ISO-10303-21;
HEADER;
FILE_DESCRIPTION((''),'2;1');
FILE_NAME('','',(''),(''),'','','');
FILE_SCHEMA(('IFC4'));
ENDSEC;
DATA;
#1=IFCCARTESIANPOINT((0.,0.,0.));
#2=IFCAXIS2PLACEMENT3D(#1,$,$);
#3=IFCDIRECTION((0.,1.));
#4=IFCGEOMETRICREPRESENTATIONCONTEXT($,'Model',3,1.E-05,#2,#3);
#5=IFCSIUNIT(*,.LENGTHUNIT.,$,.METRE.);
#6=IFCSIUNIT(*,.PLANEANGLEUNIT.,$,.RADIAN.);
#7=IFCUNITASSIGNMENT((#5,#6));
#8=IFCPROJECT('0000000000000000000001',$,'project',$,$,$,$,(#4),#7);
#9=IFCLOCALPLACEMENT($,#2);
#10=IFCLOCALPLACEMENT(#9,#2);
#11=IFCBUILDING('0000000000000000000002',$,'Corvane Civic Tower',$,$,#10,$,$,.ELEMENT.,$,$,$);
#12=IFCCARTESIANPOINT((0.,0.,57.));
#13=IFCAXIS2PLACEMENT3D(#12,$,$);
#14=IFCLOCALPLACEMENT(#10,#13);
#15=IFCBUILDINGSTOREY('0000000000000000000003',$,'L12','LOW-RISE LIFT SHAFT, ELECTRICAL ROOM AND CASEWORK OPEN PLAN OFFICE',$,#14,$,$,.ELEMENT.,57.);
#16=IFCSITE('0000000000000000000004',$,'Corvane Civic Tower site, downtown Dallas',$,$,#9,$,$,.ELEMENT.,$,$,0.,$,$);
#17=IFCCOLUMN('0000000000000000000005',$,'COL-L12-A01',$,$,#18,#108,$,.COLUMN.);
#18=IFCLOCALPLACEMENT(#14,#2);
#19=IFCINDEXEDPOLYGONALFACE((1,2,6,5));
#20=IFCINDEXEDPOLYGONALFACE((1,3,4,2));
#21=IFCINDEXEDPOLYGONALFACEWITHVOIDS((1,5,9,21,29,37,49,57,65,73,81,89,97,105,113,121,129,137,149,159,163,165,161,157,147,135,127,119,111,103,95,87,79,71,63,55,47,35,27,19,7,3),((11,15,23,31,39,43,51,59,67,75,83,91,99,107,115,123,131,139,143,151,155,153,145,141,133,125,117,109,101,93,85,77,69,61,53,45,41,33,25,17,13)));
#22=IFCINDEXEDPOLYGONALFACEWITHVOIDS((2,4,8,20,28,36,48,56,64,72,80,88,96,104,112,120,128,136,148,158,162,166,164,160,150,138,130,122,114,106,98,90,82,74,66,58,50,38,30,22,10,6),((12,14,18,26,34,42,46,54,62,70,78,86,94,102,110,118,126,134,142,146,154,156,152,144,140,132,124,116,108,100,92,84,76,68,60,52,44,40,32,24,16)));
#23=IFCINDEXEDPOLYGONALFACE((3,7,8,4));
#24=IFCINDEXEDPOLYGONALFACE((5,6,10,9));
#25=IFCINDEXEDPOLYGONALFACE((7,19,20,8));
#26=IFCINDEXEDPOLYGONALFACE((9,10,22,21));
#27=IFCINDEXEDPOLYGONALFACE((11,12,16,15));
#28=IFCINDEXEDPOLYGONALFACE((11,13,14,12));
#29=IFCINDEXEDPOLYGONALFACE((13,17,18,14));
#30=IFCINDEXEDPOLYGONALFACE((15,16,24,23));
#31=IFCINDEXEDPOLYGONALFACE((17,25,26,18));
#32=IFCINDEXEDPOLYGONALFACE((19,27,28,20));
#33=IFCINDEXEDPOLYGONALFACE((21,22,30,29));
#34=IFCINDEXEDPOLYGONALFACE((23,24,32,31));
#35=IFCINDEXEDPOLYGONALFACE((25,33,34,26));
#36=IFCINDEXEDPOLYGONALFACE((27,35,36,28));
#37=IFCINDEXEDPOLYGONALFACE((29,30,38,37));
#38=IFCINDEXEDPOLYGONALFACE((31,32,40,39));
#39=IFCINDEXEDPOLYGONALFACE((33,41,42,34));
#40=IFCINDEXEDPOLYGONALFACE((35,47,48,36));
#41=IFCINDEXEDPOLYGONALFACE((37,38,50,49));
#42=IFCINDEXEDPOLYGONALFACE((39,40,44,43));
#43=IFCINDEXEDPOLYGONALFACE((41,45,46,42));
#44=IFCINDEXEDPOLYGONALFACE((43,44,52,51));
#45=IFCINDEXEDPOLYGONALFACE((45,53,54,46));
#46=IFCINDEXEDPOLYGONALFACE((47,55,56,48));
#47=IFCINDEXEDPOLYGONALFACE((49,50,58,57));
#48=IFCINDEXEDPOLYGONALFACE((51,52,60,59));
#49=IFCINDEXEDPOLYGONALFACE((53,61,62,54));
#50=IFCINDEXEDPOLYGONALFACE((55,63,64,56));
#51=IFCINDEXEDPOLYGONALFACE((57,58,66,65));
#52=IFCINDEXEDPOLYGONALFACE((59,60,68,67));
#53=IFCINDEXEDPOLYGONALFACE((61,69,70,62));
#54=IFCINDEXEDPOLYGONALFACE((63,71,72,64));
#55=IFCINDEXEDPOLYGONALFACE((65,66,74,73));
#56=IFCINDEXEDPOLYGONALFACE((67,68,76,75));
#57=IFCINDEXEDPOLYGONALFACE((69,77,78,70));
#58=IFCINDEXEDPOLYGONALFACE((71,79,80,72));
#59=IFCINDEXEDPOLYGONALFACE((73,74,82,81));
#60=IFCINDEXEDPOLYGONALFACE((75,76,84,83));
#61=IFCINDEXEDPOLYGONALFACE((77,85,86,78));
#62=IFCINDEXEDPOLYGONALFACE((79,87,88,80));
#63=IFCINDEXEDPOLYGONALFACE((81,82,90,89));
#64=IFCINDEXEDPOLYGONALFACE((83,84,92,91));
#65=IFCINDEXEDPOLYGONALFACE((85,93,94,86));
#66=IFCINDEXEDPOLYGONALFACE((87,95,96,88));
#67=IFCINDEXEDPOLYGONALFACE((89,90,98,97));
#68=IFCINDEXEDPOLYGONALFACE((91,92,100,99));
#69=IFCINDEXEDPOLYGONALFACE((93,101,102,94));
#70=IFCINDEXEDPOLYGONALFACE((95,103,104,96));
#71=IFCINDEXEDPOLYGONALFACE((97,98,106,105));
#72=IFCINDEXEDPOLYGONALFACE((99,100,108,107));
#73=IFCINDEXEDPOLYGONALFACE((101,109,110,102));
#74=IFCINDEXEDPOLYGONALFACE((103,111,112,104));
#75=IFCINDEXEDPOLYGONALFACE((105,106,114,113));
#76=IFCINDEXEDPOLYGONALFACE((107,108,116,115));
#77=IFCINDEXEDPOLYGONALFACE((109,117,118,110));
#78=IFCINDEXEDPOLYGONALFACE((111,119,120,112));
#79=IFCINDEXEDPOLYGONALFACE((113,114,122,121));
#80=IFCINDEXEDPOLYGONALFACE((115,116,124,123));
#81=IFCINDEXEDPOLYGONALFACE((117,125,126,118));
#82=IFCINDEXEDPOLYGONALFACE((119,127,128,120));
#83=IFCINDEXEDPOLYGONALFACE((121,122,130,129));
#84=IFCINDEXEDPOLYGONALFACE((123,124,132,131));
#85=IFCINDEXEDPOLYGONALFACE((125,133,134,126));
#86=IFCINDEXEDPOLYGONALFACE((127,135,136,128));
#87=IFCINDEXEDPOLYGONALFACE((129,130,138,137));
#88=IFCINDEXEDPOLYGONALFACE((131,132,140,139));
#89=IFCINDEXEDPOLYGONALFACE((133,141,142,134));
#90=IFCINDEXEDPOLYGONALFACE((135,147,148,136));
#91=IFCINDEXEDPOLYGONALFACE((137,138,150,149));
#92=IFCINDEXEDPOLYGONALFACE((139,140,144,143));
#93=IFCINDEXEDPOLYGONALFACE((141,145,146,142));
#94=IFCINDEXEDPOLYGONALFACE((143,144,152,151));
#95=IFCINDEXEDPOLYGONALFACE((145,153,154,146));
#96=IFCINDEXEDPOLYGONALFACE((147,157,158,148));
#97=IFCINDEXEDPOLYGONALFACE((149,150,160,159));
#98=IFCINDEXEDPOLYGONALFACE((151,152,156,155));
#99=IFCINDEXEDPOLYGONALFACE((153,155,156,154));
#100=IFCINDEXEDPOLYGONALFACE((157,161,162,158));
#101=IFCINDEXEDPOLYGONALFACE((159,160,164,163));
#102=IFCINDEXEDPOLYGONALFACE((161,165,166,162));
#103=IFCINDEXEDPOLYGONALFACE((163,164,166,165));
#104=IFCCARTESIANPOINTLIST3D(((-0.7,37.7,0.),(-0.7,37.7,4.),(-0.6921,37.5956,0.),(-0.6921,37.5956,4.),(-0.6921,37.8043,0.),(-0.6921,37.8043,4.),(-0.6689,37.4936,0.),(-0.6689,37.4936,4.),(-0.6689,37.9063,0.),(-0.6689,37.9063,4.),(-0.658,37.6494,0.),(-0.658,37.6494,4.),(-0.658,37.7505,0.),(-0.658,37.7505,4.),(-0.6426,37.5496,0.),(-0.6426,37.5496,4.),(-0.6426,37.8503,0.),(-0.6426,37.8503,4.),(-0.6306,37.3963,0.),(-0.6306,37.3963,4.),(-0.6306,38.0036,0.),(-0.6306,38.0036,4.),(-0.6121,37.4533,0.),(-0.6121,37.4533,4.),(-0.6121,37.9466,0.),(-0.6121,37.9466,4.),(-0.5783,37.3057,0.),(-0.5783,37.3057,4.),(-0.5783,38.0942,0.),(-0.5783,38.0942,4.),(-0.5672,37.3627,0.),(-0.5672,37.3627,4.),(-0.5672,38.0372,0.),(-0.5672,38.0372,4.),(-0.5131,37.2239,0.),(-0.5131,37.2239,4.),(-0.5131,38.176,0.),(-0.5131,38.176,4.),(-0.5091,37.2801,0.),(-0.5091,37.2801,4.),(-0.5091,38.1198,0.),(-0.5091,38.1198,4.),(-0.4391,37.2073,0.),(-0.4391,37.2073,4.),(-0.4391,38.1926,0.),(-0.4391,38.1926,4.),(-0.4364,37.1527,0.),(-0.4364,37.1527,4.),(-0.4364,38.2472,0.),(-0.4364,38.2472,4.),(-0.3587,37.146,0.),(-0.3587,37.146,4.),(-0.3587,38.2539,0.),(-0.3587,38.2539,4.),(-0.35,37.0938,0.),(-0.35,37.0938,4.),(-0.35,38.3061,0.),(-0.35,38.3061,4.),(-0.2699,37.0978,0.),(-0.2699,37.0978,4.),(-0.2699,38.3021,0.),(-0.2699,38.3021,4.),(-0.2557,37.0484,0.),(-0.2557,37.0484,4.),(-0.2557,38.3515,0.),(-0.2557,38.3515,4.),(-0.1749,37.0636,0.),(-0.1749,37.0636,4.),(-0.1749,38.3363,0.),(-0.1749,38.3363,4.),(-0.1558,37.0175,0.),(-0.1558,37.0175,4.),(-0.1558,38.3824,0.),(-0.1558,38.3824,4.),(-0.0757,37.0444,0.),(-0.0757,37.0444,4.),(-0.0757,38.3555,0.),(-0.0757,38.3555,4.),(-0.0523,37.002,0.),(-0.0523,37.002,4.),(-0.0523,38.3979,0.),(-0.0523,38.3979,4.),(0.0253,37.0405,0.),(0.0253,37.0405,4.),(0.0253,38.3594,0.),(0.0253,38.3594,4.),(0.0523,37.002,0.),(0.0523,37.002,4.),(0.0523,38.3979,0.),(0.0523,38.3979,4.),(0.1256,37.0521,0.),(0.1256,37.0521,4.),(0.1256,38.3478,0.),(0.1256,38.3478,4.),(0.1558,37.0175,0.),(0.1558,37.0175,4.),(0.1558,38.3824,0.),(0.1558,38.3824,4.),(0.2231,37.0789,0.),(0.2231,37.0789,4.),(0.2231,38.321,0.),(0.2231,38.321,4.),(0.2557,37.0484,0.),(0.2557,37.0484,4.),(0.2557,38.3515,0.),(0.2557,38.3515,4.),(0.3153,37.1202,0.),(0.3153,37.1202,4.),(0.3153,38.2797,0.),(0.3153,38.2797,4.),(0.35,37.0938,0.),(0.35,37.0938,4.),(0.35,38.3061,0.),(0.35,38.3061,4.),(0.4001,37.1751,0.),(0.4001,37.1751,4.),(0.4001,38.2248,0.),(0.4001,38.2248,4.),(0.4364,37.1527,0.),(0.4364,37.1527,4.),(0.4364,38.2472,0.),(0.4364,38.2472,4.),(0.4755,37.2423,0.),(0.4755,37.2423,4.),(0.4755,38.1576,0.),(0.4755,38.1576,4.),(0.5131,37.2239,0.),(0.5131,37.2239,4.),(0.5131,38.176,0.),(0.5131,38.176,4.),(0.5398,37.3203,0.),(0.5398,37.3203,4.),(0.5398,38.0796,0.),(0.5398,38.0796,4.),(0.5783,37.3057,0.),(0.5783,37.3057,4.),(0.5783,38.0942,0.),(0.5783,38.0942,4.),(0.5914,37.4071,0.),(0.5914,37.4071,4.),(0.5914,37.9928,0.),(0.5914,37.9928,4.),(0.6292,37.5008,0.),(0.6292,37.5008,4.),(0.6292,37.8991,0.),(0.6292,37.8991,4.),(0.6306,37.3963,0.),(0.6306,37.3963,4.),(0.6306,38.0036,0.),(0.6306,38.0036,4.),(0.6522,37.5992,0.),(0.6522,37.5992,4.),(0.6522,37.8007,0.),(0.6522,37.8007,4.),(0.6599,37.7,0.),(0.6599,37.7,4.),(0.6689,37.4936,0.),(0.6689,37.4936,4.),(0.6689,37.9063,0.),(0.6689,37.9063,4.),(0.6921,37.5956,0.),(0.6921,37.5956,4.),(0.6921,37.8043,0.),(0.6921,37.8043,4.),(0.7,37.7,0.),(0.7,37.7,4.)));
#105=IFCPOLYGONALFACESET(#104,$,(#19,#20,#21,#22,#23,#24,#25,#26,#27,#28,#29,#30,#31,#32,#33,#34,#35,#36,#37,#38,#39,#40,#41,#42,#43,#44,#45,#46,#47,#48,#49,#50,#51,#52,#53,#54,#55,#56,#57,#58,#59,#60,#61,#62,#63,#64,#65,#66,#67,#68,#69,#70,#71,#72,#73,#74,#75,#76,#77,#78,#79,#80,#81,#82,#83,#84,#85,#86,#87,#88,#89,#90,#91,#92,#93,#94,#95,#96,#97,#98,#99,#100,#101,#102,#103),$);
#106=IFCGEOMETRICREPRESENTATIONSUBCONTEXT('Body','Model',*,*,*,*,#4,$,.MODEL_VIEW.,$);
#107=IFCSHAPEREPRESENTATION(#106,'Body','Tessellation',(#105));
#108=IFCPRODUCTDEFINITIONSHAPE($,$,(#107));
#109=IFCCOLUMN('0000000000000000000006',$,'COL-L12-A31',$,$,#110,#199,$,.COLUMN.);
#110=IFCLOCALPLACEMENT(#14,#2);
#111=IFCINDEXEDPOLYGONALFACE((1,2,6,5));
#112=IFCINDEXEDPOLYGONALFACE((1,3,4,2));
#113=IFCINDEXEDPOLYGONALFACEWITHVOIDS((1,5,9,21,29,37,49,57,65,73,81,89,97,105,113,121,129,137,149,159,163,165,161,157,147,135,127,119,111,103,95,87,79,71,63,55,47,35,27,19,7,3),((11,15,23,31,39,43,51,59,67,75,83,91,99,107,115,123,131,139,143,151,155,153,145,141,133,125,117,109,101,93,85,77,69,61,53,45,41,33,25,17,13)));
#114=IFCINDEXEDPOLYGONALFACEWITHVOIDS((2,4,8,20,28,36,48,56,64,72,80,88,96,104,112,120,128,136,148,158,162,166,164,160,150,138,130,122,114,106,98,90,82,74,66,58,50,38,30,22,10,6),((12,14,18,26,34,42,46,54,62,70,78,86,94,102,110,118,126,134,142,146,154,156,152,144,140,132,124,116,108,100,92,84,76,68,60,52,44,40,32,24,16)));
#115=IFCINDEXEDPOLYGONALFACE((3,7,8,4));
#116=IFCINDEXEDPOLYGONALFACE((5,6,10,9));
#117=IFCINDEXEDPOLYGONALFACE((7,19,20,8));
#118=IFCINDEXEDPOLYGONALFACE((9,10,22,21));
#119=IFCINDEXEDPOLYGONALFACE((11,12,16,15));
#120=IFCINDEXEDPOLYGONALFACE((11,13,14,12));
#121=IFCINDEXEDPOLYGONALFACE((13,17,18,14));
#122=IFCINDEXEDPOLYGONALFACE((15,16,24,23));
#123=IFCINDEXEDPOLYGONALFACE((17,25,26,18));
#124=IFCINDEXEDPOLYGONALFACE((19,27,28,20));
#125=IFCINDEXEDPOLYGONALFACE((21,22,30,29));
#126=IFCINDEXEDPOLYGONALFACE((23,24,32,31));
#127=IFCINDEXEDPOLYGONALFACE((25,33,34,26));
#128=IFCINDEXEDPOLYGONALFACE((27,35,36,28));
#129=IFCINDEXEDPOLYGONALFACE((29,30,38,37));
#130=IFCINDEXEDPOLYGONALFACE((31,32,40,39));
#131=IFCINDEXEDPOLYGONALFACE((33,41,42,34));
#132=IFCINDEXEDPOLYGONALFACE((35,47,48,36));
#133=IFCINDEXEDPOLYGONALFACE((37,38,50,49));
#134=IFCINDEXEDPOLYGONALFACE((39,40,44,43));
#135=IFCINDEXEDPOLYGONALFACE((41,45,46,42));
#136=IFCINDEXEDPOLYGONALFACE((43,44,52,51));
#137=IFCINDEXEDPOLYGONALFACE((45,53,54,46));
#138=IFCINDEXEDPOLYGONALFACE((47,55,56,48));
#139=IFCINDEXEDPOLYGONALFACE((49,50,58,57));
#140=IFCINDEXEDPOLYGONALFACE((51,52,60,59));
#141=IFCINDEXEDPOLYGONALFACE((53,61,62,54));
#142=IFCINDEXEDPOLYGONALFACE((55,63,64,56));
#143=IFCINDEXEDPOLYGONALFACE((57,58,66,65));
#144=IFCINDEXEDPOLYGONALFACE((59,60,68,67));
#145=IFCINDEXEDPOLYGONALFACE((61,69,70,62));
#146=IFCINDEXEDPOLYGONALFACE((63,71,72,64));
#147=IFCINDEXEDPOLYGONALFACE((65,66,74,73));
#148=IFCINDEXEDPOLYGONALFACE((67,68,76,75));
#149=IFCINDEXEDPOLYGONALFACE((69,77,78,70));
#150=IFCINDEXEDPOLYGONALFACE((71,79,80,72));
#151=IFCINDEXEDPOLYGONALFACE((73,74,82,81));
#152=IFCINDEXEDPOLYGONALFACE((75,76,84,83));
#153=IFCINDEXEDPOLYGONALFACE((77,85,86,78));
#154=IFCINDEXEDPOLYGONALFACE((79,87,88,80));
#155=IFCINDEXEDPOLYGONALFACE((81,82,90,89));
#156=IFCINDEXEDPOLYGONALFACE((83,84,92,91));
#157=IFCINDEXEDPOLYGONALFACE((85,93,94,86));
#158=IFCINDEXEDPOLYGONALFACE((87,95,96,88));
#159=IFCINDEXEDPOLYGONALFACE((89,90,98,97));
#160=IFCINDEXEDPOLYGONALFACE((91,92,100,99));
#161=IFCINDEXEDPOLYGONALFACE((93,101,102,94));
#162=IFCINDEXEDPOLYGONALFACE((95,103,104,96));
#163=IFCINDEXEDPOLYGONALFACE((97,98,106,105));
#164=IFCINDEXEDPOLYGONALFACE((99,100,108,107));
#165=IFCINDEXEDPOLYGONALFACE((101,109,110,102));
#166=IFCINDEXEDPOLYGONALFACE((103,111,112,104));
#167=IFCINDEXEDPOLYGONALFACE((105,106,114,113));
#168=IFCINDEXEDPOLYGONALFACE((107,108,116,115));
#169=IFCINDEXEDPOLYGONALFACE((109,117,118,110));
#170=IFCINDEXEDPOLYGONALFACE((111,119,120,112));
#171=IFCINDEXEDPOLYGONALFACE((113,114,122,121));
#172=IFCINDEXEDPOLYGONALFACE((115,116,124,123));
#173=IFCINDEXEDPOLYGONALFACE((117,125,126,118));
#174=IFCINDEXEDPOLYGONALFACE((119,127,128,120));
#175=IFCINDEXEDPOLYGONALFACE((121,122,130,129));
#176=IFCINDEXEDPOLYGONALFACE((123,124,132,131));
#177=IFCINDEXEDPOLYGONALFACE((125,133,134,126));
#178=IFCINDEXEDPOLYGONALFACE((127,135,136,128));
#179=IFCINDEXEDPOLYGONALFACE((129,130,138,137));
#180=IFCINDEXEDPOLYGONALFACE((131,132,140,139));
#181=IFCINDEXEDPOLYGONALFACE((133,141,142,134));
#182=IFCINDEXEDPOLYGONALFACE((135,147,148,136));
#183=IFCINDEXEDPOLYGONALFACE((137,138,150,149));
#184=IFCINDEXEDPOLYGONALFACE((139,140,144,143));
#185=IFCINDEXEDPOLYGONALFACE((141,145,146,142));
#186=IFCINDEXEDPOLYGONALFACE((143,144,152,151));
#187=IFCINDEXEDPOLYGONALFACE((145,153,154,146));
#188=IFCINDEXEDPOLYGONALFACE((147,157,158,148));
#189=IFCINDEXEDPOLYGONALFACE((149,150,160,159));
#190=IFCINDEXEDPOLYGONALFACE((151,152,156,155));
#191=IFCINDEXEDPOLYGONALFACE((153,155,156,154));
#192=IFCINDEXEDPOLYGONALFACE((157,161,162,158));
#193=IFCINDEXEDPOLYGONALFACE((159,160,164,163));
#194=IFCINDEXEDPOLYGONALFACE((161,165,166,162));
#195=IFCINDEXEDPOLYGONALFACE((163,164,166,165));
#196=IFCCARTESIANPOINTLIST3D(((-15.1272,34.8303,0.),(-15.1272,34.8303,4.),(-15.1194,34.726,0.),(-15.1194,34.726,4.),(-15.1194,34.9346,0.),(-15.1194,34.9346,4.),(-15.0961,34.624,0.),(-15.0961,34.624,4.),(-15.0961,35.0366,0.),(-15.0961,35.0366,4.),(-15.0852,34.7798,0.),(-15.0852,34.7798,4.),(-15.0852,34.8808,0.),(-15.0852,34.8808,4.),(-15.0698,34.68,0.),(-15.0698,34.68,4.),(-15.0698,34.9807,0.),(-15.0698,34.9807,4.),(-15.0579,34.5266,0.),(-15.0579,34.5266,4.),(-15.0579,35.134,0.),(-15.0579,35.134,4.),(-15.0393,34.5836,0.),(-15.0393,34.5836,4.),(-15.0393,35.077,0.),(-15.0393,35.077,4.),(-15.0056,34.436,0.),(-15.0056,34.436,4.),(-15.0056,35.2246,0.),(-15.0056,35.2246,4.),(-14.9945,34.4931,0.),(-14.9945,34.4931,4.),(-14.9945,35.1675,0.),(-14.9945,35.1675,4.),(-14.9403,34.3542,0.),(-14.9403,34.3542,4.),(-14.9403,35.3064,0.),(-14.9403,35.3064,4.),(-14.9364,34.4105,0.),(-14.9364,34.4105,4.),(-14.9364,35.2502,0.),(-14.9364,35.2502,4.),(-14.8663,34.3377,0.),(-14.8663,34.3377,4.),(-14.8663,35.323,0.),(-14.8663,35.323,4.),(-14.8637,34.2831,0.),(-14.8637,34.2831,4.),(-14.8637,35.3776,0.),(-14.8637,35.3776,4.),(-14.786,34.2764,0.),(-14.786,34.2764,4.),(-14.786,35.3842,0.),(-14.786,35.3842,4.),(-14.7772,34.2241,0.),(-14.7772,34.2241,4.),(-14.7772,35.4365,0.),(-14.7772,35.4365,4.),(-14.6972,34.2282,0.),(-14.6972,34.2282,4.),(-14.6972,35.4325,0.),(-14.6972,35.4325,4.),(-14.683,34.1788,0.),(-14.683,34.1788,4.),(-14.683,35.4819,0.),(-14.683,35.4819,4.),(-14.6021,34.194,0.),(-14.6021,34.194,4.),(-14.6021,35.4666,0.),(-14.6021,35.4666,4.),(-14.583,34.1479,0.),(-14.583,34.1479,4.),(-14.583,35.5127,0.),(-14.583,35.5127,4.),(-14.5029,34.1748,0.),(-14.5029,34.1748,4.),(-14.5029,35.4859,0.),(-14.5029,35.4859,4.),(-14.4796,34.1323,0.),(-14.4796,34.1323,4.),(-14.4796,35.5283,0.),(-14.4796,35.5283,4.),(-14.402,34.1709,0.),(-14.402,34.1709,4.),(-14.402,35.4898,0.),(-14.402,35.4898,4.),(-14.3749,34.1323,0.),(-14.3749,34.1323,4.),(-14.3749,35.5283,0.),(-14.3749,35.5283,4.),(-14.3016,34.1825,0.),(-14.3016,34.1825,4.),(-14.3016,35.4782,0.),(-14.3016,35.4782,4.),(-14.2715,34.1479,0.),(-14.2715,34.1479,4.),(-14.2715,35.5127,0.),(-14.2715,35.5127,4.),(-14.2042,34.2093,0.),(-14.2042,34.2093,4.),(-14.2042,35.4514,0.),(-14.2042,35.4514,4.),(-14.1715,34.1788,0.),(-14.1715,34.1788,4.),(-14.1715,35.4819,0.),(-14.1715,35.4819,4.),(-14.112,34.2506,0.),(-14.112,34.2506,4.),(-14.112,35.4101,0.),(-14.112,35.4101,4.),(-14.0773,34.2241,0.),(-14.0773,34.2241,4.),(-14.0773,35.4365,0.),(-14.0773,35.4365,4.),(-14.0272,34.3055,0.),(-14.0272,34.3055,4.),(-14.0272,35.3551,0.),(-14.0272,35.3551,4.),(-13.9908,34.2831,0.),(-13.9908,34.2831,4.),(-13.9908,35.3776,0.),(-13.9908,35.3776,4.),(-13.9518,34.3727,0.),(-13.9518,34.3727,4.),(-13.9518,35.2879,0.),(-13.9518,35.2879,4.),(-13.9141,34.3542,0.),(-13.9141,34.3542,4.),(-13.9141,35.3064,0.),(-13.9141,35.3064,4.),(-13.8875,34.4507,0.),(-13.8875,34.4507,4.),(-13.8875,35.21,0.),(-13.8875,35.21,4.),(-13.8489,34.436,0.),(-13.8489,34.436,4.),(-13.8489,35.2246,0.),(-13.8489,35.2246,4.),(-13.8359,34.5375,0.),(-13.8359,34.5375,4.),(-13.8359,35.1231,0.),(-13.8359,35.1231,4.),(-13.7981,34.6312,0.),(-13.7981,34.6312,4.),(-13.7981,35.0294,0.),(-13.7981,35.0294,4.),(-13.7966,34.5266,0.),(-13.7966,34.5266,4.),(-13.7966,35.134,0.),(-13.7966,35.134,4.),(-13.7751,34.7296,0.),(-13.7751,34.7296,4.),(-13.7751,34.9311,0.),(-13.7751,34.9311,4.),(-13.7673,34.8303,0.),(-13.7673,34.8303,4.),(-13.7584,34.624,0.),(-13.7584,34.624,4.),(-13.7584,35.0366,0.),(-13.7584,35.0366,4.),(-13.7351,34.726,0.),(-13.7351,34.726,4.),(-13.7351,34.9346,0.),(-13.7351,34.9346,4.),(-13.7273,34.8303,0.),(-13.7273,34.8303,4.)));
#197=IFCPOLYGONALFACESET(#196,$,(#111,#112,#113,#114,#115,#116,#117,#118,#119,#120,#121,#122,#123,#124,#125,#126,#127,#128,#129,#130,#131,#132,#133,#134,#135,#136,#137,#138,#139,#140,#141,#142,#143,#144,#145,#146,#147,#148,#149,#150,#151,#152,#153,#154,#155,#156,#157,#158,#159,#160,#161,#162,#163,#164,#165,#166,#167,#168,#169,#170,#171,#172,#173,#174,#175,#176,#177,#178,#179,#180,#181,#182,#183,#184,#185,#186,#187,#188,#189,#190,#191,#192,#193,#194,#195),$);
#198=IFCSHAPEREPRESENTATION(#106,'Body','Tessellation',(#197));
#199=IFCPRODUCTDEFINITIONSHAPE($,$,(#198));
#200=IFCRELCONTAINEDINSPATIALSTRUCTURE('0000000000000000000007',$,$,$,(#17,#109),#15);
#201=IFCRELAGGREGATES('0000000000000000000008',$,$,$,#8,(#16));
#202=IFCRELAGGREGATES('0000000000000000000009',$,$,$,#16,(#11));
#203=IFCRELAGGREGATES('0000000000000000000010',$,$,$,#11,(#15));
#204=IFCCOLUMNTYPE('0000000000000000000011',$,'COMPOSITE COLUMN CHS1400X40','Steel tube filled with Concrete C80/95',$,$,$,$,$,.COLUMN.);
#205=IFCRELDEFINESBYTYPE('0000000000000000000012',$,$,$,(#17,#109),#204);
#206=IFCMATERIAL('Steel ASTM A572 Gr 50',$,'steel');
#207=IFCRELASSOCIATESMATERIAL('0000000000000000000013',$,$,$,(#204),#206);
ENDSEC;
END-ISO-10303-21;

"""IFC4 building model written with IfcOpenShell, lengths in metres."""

from ifc_helpers import new_model, si_unit, direction, frame, origin, origin_2d, place, context, subcontext, project, spatial, hollow_circle, extrude, material, material_profile, profile_set, type_object, element, save


model = new_model("IFC4")

# Units and contexts
model_context = context("Model", 3, precision=1e-05, world=origin(), true_north=direction((0.0, 1.0)))
body_context = subcontext(model_context, "Body", "Model", "MODEL_VIEW")
ifc_project = project(units=[si_unit("LENGTHUNIT", "METRE"), si_unit("PLANEANGLEUNIT", "RADIAN")], contexts=[model_context])

# Site, building, storey
site_placement = place(None, origin())
site = spatial("IfcSite", under=ifc_project, at=site_placement, Name="Corvane Civic Tower site, downtown Dallas", CompositionType="ELEMENT", RefElevation=0.0)
building_placement = place(site_placement, origin())
building = spatial("IfcBuilding", under=site, at=building_placement, Name="Corvane Civic Tower", CompositionType="ELEMENT")
storey_placement = place(building_placement, frame((0.0, 0.0, 57.0)))
storey = spatial("IfcBuildingStorey", under=building, at=storey_placement, Name="L12", Description="LOW-RISE LIFT SHAFT, ELECTRICAL ROOM AND CASEWORK OPEN PLAN OFFICE", CompositionType="ELEMENT", Elevation=57.0)

# Columns
ifc_material_1 = material(Name="Steel ASTM A572 Gr 50", Category="steel")
ifc_material_profile_1 = material_profile(ifc_material_1, hollow_circle(Radius=0.7, WallThickness=0.04, at=origin_2d()), Name="CHS1400X40")
ifc_profile_set_1 = profile_set([ifc_material_profile_1], Name="Steel ASTM A572 Gr 50")
column_type = type_object("IfcColumnType", Name="COMPOSITE COLUMN CHS1400X40", Description="Steel tube filled with Concrete C80/95", PredefinedType="COLUMN", material=ifc_profile_set_1)
for number, where, z_axis, x_axis, name in (
    (1, (0.0, 37.7, 0.0), (0.0, 0.0, 1.0), (1.0, 0.0, 0.0), "COL-L12-A01"),
    (2, (-14.4272, 34.8303, 0.0), (0.0, 0.0, 1.0), (1.0, 0.0, 0.0), "COL-L12-A31"),
):
    element("IfcColumn", number, at=place(storey_placement, frame(where, z_axis=z_axis, x_axis=x_axis)), inside=storey, type_object=column_type, Name=name, PredefinedType="COLUMN", context=body_context, shape_type="SweptSolid", body=[
        extrude(hollow_circle(Radius=0.7, WallThickness=0.04, at=origin_2d()), origin(), (0.0, 0.0, 1.0), 4.0),
    ])

save(model, "model.ifc")
